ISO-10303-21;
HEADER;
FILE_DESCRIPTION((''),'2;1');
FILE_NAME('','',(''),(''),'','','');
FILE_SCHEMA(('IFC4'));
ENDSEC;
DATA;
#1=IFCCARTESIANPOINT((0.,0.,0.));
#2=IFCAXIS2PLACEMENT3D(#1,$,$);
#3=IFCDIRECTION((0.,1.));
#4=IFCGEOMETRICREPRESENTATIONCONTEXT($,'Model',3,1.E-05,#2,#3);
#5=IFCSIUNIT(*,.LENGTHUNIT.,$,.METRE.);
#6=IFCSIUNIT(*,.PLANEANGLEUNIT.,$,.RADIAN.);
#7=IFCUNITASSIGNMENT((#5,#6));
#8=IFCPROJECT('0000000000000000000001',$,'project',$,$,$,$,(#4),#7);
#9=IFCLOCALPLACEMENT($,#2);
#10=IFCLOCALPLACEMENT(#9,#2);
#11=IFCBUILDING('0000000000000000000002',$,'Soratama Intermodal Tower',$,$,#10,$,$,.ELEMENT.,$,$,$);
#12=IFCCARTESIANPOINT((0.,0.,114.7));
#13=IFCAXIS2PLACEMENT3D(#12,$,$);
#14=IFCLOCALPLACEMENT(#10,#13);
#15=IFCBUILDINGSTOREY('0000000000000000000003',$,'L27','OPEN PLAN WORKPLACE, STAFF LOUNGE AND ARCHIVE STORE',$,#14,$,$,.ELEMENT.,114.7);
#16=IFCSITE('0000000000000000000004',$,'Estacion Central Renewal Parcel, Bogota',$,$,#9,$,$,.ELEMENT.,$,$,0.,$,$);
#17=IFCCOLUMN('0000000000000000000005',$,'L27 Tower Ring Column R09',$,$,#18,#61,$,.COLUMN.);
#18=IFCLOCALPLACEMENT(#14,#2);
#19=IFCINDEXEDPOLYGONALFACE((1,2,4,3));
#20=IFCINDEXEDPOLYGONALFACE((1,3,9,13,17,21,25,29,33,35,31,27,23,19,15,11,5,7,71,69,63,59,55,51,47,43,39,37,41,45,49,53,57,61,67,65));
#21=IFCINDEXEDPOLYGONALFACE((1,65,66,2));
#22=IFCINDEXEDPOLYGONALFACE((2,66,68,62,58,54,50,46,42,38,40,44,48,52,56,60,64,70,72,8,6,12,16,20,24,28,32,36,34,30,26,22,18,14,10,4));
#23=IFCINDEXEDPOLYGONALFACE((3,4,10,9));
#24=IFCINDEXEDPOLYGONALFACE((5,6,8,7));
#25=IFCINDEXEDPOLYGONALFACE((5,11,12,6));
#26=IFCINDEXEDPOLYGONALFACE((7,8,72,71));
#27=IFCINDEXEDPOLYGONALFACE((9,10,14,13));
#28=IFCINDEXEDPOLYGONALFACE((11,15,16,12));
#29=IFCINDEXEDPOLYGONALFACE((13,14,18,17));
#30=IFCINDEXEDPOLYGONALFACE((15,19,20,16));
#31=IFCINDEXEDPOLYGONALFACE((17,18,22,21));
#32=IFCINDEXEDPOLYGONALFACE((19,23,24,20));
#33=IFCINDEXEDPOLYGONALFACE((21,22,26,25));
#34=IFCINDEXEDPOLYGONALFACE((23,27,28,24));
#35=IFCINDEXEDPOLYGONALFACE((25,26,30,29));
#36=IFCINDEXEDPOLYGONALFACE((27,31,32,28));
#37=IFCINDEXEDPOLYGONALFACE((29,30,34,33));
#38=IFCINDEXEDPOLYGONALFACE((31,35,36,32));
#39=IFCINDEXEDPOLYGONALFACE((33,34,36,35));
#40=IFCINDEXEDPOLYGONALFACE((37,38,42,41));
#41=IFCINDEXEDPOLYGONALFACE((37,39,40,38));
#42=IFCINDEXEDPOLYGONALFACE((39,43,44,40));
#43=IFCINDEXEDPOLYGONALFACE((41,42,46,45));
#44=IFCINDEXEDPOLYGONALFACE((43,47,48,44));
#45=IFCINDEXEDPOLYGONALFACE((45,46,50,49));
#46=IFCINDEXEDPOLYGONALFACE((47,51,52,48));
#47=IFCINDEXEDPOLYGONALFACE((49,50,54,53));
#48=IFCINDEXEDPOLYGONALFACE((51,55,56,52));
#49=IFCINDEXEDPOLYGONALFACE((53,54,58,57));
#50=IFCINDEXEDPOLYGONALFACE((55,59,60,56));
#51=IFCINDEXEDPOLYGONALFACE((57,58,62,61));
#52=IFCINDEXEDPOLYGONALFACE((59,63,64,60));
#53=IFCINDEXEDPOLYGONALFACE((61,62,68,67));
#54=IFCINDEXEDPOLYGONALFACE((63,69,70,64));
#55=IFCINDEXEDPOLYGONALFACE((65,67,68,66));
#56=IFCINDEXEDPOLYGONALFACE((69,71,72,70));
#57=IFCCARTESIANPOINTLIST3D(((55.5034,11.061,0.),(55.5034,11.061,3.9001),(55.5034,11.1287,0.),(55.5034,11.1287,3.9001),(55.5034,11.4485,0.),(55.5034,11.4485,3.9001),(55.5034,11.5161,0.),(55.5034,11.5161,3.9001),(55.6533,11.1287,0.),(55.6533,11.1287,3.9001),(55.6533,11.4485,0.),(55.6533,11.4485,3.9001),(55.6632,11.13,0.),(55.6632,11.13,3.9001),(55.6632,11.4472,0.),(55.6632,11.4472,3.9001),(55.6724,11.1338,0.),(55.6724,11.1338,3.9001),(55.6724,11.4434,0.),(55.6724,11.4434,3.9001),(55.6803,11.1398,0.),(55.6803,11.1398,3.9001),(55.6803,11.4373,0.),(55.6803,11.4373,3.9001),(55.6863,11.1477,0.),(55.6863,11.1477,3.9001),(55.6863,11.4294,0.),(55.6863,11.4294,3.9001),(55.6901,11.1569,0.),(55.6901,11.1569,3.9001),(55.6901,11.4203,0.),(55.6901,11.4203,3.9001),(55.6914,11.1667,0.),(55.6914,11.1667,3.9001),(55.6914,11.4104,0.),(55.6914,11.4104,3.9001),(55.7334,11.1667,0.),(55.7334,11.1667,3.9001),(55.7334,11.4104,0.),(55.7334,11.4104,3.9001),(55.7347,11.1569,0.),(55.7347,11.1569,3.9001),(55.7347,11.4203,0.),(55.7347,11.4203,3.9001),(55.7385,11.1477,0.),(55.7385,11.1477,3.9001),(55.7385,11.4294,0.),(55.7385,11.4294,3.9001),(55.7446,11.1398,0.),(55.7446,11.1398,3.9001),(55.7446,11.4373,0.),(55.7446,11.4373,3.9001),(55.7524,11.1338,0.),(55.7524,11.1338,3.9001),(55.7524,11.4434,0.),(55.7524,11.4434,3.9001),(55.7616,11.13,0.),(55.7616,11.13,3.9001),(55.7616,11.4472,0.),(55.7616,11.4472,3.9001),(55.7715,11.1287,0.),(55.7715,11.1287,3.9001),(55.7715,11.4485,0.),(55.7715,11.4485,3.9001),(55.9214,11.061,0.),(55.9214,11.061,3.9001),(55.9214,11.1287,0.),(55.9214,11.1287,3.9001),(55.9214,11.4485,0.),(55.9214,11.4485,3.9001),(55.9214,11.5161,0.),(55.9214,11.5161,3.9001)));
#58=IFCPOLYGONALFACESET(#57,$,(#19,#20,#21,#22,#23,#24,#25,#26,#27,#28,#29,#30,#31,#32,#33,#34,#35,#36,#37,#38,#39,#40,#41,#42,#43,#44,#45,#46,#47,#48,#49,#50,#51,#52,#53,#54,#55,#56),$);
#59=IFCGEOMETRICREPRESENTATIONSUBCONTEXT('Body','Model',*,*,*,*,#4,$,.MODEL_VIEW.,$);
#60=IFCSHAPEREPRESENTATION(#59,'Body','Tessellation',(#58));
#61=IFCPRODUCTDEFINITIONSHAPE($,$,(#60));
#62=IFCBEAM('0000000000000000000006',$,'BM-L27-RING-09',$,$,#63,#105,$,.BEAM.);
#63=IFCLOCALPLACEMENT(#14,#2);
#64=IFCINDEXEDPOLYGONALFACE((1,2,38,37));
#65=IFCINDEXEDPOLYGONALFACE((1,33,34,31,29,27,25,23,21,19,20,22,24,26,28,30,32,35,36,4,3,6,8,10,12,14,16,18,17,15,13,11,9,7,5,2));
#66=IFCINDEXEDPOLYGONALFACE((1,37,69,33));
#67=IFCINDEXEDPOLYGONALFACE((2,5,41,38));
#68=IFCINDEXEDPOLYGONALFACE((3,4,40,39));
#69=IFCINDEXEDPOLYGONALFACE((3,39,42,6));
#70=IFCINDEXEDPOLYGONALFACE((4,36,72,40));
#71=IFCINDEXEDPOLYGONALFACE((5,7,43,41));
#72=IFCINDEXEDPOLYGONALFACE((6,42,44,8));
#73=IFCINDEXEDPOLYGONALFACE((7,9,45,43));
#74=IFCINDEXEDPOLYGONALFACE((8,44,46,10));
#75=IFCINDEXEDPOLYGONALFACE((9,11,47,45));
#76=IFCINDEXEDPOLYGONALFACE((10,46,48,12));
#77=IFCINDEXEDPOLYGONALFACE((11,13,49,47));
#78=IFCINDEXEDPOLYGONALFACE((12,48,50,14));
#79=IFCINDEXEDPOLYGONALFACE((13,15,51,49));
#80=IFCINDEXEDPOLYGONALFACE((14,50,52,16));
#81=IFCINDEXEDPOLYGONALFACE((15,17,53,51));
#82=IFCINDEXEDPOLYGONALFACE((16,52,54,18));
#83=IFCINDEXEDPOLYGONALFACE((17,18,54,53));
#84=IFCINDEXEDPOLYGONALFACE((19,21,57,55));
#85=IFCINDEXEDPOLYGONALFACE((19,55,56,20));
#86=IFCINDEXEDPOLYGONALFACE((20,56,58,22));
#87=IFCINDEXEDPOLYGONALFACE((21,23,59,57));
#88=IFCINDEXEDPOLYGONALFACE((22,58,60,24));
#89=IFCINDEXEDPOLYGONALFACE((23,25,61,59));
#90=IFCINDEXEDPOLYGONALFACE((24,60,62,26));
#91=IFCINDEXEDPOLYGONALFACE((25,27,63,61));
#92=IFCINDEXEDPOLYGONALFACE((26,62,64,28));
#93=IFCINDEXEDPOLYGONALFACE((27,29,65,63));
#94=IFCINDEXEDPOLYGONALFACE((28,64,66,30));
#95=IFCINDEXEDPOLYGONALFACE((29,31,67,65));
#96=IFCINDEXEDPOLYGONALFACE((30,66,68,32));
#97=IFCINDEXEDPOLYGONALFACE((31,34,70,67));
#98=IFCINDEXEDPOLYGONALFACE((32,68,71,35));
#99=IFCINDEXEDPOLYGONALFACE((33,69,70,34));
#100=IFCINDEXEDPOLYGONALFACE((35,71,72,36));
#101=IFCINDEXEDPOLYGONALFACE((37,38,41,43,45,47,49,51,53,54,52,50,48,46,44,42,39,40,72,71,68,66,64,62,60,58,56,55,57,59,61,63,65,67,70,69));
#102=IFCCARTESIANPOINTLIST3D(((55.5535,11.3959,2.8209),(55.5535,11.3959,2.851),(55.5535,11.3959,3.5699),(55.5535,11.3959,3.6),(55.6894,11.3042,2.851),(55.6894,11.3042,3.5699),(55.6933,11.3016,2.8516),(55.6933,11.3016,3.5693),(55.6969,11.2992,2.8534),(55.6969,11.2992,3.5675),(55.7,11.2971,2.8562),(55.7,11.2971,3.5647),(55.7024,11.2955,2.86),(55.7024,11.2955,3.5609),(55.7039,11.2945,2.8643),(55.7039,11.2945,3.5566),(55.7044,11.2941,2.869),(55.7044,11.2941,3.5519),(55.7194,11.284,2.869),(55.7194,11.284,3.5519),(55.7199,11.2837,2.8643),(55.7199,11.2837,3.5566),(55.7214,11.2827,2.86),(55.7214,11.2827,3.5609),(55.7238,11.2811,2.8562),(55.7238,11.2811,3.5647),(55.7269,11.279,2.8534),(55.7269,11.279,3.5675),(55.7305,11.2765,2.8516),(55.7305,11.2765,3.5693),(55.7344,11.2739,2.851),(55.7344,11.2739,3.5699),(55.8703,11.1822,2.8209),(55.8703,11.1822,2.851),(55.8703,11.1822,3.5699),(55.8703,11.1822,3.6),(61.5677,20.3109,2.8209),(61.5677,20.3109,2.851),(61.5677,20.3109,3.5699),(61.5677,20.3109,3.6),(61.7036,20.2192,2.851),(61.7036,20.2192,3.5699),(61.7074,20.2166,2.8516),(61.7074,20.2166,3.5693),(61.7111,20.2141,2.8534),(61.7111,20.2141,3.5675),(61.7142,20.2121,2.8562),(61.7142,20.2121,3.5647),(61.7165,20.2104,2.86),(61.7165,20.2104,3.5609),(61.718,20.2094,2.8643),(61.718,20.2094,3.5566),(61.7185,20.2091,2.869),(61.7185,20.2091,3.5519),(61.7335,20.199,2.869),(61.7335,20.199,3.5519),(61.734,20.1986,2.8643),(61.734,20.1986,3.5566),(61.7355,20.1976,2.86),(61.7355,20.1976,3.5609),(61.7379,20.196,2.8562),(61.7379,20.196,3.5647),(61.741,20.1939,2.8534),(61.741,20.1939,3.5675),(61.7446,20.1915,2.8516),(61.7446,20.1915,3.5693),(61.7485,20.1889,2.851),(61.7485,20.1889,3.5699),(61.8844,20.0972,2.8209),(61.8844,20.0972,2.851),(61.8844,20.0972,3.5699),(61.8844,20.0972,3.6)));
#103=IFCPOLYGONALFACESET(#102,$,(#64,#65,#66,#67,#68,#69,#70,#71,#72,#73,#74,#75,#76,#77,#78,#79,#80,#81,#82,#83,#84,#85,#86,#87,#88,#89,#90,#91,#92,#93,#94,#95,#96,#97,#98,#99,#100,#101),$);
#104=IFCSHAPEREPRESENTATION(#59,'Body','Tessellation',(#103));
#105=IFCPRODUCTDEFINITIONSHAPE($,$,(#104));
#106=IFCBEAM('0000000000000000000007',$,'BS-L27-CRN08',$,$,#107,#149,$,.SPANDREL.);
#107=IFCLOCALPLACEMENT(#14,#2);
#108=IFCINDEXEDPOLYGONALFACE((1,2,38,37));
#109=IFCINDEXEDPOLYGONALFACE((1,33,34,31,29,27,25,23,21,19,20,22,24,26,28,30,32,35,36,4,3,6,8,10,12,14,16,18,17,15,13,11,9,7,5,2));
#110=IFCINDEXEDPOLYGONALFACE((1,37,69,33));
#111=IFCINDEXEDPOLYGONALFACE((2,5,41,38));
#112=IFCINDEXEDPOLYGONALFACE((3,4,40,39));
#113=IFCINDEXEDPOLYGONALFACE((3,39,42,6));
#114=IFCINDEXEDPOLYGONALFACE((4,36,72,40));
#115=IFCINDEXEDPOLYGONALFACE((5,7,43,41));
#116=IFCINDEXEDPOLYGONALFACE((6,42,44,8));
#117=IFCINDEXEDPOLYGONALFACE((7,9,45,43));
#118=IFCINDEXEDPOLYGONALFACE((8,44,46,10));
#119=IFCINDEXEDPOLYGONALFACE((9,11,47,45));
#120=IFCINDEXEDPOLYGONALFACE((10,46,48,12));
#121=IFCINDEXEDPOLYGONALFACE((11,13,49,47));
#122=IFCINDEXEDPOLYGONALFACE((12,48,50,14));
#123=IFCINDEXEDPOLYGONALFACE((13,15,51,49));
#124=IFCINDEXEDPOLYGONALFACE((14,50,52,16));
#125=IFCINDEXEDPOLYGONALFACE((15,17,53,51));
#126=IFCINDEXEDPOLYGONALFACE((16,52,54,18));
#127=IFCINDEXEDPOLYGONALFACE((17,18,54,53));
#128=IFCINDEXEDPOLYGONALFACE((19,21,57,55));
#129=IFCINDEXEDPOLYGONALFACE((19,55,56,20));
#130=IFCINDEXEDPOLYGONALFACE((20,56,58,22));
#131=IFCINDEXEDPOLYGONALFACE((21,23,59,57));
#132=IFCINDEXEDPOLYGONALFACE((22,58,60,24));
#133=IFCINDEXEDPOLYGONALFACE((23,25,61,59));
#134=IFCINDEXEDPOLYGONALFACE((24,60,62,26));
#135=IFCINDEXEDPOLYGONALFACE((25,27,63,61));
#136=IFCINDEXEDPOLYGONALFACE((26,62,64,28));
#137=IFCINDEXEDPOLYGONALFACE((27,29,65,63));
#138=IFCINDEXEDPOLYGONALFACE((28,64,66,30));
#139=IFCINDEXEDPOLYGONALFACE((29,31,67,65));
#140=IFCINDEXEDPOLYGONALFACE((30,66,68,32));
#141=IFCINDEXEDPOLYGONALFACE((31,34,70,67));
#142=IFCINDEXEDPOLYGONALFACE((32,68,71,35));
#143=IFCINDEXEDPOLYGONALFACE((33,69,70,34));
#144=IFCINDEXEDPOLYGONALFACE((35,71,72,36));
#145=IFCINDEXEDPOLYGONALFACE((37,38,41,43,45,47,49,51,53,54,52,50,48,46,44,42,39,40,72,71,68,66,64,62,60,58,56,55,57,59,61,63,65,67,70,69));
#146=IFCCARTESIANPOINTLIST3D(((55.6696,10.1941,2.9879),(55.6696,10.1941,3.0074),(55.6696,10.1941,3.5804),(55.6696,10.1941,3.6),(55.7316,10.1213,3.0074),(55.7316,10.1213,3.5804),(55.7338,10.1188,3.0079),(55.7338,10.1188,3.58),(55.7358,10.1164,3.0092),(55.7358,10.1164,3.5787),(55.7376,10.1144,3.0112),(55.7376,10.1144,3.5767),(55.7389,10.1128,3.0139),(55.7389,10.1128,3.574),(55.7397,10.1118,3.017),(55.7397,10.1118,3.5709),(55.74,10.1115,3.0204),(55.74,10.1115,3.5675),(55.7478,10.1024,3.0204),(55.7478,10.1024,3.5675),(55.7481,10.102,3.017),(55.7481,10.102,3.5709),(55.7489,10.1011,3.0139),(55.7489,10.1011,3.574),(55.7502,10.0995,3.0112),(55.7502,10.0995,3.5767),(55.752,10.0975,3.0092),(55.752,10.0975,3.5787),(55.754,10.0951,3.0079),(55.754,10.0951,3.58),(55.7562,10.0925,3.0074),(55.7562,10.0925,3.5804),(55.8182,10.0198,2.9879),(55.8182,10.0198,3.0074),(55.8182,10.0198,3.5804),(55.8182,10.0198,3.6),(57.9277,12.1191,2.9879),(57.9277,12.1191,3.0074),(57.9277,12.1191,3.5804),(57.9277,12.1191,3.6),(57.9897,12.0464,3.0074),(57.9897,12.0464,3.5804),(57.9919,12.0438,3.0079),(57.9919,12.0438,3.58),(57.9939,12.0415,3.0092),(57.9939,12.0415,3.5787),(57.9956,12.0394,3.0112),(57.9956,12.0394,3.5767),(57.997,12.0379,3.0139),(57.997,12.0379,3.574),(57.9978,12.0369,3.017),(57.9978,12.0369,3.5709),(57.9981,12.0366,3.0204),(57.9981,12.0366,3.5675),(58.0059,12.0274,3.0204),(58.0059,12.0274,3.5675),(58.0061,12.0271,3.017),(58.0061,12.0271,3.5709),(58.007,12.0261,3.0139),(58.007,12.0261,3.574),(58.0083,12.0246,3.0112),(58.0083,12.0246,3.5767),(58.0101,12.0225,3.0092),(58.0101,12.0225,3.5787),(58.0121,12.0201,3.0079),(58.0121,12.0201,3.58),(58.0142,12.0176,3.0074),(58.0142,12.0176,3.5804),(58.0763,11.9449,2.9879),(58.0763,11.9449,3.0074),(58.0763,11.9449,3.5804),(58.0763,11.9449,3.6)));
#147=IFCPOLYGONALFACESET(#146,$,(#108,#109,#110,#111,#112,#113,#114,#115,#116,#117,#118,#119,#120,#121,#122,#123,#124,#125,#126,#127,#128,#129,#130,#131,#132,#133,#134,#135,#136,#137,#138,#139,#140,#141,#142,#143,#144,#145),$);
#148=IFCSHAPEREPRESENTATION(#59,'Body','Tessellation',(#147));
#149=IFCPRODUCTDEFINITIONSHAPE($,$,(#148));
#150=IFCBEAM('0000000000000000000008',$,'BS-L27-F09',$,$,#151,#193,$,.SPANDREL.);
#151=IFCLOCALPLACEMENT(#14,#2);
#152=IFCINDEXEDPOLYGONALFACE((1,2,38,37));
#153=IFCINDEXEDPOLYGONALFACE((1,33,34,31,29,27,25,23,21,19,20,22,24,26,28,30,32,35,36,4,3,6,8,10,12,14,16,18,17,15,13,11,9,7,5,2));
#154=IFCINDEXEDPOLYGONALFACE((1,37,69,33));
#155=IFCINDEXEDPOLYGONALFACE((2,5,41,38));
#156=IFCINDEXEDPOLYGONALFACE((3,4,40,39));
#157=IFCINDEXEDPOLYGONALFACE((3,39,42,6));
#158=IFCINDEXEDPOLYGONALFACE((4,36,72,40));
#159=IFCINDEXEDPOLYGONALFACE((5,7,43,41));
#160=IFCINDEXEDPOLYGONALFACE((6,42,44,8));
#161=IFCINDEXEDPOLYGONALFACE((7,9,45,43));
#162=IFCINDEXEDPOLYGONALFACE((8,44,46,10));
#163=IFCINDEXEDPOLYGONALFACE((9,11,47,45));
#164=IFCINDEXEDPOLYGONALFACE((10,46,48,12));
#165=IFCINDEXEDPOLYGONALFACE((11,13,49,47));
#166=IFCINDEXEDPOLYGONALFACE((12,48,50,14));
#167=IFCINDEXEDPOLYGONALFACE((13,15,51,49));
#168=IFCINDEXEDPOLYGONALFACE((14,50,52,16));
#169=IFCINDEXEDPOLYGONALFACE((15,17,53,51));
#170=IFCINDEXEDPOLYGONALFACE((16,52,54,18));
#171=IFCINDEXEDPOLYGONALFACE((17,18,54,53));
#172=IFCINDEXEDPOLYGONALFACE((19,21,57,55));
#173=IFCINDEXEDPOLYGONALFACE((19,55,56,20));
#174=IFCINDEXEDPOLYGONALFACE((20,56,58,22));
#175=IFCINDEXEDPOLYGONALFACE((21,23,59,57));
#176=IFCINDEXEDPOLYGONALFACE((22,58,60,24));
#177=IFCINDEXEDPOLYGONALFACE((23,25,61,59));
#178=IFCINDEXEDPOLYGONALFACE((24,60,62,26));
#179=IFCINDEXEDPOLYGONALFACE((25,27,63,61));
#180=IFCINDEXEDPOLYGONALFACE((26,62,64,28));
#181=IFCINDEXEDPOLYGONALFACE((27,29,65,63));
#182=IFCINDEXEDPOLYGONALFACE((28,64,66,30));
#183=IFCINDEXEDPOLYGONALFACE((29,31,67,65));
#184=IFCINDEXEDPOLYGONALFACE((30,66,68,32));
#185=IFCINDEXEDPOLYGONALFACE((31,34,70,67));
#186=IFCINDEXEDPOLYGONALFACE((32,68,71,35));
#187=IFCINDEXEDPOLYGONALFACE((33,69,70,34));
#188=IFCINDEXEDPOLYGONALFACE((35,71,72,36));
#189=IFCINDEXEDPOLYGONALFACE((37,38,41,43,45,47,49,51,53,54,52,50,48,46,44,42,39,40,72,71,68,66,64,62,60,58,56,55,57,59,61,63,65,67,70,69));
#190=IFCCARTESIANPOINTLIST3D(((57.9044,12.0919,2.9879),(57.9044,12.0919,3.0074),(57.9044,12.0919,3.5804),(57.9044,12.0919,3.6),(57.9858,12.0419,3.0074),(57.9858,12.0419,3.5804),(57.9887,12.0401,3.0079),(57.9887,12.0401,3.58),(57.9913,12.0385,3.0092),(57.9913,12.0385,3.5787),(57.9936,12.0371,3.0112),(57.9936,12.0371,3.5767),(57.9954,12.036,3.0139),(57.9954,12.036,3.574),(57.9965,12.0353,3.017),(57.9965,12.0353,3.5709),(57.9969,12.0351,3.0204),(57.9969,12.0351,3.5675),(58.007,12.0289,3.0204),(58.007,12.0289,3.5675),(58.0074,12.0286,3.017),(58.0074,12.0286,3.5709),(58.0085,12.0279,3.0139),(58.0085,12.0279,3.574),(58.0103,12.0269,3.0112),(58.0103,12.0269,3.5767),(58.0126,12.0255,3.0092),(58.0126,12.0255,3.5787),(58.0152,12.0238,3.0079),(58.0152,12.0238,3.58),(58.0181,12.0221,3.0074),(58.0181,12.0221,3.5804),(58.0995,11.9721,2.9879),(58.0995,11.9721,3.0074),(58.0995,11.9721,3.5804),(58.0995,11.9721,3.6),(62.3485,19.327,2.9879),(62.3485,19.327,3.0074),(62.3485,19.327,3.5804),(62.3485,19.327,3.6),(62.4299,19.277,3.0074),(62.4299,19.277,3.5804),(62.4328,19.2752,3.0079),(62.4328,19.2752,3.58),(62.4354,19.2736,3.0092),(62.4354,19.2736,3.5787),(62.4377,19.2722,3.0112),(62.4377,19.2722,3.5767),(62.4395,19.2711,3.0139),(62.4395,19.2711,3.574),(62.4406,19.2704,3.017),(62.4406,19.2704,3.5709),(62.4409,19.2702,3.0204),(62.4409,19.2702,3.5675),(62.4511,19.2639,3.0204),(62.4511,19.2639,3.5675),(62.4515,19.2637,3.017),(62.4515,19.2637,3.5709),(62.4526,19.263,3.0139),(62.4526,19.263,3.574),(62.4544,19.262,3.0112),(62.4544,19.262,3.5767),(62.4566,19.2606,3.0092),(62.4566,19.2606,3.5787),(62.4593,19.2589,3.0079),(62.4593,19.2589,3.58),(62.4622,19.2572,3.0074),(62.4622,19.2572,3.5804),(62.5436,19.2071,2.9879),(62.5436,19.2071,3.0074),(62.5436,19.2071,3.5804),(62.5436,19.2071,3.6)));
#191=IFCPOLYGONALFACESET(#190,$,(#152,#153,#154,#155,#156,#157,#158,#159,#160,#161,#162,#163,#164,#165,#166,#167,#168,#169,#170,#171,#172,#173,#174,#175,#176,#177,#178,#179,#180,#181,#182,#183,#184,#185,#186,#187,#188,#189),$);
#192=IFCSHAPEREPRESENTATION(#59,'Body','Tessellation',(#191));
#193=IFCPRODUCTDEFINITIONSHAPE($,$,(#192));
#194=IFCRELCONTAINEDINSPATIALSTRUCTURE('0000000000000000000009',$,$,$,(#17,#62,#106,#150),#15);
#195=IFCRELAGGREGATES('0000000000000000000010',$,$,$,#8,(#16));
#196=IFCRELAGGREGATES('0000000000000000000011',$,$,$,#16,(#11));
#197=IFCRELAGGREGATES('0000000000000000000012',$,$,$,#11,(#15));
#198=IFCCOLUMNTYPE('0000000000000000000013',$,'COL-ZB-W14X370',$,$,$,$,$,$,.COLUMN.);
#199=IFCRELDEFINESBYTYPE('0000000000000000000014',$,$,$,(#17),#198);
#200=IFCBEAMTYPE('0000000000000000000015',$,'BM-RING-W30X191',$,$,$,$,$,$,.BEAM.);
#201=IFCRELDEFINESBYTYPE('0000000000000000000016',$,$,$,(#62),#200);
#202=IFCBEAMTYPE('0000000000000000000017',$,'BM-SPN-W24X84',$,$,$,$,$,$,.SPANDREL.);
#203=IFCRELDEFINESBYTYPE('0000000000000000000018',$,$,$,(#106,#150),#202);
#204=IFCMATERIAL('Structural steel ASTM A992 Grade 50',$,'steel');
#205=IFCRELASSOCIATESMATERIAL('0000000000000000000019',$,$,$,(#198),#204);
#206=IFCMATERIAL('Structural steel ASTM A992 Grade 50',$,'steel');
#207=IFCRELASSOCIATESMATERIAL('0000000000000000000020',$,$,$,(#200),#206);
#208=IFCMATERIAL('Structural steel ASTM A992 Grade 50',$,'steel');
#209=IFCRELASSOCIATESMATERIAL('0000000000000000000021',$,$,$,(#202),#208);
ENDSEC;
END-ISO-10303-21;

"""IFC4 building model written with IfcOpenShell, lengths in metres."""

from ifc_helpers import new_model, si_unit, direction, frame, origin, origin_2d, place, context, subcontext, project, spatial, i_section, extrude, material, material_profile, profile_set, type_object, element, save


model = new_model("IFC4")

# Units and contexts
model_context = context("Model", 3, precision=1e-05, world=origin(), true_north=direction((0.0, 1.0)))
body_context = subcontext(model_context, "Body", "Model", "MODEL_VIEW")
ifc_project = project(units=[si_unit("LENGTHUNIT", "METRE"), si_unit("PLANEANGLEUNIT", "RADIAN")], contexts=[model_context])

# Site, building, storey
site_placement = place(None, origin())
site = spatial("IfcSite", under=ifc_project, at=site_placement, Name="Estacion Central Renewal Parcel, Bogota", CompositionType="ELEMENT", RefElevation=0.0)
building_placement = place(site_placement, origin())
building = spatial("IfcBuilding", under=site, at=building_placement, Name="Soratama Intermodal Tower", CompositionType="ELEMENT")
storey_placement = place(building_placement, frame((0.0, 0.0, 114.7)))
storey = spatial("IfcBuildingStorey", under=building, at=storey_placement, Name="L27", Description="OPEN PLAN WORKPLACE, STAFF LOUNGE AND ARCHIVE STORE", CompositionType="ELEMENT", Elevation=114.7)

# Column
ifc_material_1 = material(Name="Structural steel ASTM A992 Grade 50", Category="steel")
ifc_material_profile_1 = material_profile(ifc_material_1, i_section(OverallWidth=0.418, OverallDepth=0.4551, WebThickness=0.042, FlangeThickness=0.0676, FilletRadius=0.0381, at=origin_2d()), Name="W14X370")
ifc_profile_set_1 = profile_set([ifc_material_profile_1], Name="Structural steel ASTM A992 Grade 50")
column_type = type_object("IfcColumnType", Name="COL-ZB-W14X370", PredefinedType="COLUMN", material=ifc_profile_set_1)
column_placement = place(storey_placement, frame((55.7124, 11.2886, 0.0), z_axis=(0.0, 0.0, 1.0), x_axis=(1.0, 0.0, 0.0)))
element("IfcColumn", 1, at=column_placement, inside=storey, type_object=column_type, Name="L27 Tower Ring Column R09", PredefinedType="COLUMN", context=body_context, shape_type="SweptSolid", body=[
    extrude(i_section(OverallWidth=0.418, OverallDepth=0.4551, WebThickness=0.042, FlangeThickness=0.0676, FilletRadius=0.0381, at=origin_2d()), origin(), (0.0, 0.0, 1.0), 3.9001),
])

# Beams
ifc_material_2 = material(Name="Structural steel ASTM A992 Grade 50", Category="steel")
ifc_material_profile_2 = material_profile(ifc_material_2, i_section(OverallWidth=0.3821, OverallDepth=0.7791, WebThickness=0.0181, FlangeThickness=0.03, FilletRadius=0.0181, at=origin_2d()), Name="W30X191")
ifc_profile_set_2 = profile_set([ifc_material_profile_2], Name="Structural steel ASTM A992 Grade 50")
beam_type_1 = type_object("IfcBeamType", Name="BM-RING-W30X191", PredefinedType="BEAM", material=ifc_profile_set_2)
beam_1_placement = place(storey_placement, frame((55.7119, 11.2891, 3.2104), z_axis=(0.55925, 0.828999, 0.0), x_axis=(-0.828999, 0.55925, 0.0)))
element("IfcBeam", 2, at=beam_1_placement, inside=storey, type_object=beam_type_1, Name="BM-L27-RING-09", PredefinedType="BEAM", context=body_context, shape_type="SweptSolid", body=[
    extrude(i_section(OverallWidth=0.3821, OverallDepth=0.7791, WebThickness=0.0181, FlangeThickness=0.03, FilletRadius=0.0181, at=origin_2d()), origin(), (0.0, 0.0, 1.0), 10.7539),
])
ifc_material_3 = material(Name="Structural steel ASTM A992 Grade 50", Category="steel")
ifc_material_profile_3 = material_profile(ifc_material_3, i_section(OverallWidth=0.229, OverallDepth=0.6121, WebThickness=0.012, FlangeThickness=0.0195, FilletRadius=0.0129, at=origin_2d()), Name="W24X84")
ifc_profile_set_3 = profile_set([ifc_material_profile_3], Name="Structural steel ASTM A992 Grade 50")
beam_type_2 = type_object("IfcBeamType", Name="BM-SPN-W24X84", PredefinedType="SPANDREL", material=ifc_profile_set_3)
beam_2_placement = place(storey_placement, frame((55.7439, 10.1069, 3.2939), z_axis=(0.76099, 0.648763, 0.0), x_axis=(-0.648763, 0.76099, 0.0)))
element("IfcBeam", 3, at=beam_2_placement, inside=storey, type_object=beam_type_2, Name="BS-L27-CRN08", PredefinedType="SPANDREL", context=body_context, shape_type="SweptSolid", body=[
    extrude(i_section(OverallWidth=0.229, OverallDepth=0.6121, WebThickness=0.012, FlangeThickness=0.0195, FilletRadius=0.0129, at=origin_2d()), origin(), (0.0, 0.0, 1.0), 2.9673),
])
beam_3_placement = place(storey_placement, frame((58.002, 12.032, 3.2939), z_axis=(0.52339, 0.852093, 0.0), x_axis=(-0.852093, 0.52339, 0.0)))
element("IfcBeam", 4, at=beam_3_placement, inside=storey, type_object=beam_type_2, Name="BS-L27-F09", PredefinedType="SPANDREL", context=body_context, shape_type="SweptSolid", body=[
    extrude(i_section(OverallWidth=0.229, OverallDepth=0.6121, WebThickness=0.012, FlangeThickness=0.0195, FilletRadius=0.0129, at=origin_2d()), origin(), (0.0, 0.0, 1.0), 8.491),
])

save(model, "model.ifc")
